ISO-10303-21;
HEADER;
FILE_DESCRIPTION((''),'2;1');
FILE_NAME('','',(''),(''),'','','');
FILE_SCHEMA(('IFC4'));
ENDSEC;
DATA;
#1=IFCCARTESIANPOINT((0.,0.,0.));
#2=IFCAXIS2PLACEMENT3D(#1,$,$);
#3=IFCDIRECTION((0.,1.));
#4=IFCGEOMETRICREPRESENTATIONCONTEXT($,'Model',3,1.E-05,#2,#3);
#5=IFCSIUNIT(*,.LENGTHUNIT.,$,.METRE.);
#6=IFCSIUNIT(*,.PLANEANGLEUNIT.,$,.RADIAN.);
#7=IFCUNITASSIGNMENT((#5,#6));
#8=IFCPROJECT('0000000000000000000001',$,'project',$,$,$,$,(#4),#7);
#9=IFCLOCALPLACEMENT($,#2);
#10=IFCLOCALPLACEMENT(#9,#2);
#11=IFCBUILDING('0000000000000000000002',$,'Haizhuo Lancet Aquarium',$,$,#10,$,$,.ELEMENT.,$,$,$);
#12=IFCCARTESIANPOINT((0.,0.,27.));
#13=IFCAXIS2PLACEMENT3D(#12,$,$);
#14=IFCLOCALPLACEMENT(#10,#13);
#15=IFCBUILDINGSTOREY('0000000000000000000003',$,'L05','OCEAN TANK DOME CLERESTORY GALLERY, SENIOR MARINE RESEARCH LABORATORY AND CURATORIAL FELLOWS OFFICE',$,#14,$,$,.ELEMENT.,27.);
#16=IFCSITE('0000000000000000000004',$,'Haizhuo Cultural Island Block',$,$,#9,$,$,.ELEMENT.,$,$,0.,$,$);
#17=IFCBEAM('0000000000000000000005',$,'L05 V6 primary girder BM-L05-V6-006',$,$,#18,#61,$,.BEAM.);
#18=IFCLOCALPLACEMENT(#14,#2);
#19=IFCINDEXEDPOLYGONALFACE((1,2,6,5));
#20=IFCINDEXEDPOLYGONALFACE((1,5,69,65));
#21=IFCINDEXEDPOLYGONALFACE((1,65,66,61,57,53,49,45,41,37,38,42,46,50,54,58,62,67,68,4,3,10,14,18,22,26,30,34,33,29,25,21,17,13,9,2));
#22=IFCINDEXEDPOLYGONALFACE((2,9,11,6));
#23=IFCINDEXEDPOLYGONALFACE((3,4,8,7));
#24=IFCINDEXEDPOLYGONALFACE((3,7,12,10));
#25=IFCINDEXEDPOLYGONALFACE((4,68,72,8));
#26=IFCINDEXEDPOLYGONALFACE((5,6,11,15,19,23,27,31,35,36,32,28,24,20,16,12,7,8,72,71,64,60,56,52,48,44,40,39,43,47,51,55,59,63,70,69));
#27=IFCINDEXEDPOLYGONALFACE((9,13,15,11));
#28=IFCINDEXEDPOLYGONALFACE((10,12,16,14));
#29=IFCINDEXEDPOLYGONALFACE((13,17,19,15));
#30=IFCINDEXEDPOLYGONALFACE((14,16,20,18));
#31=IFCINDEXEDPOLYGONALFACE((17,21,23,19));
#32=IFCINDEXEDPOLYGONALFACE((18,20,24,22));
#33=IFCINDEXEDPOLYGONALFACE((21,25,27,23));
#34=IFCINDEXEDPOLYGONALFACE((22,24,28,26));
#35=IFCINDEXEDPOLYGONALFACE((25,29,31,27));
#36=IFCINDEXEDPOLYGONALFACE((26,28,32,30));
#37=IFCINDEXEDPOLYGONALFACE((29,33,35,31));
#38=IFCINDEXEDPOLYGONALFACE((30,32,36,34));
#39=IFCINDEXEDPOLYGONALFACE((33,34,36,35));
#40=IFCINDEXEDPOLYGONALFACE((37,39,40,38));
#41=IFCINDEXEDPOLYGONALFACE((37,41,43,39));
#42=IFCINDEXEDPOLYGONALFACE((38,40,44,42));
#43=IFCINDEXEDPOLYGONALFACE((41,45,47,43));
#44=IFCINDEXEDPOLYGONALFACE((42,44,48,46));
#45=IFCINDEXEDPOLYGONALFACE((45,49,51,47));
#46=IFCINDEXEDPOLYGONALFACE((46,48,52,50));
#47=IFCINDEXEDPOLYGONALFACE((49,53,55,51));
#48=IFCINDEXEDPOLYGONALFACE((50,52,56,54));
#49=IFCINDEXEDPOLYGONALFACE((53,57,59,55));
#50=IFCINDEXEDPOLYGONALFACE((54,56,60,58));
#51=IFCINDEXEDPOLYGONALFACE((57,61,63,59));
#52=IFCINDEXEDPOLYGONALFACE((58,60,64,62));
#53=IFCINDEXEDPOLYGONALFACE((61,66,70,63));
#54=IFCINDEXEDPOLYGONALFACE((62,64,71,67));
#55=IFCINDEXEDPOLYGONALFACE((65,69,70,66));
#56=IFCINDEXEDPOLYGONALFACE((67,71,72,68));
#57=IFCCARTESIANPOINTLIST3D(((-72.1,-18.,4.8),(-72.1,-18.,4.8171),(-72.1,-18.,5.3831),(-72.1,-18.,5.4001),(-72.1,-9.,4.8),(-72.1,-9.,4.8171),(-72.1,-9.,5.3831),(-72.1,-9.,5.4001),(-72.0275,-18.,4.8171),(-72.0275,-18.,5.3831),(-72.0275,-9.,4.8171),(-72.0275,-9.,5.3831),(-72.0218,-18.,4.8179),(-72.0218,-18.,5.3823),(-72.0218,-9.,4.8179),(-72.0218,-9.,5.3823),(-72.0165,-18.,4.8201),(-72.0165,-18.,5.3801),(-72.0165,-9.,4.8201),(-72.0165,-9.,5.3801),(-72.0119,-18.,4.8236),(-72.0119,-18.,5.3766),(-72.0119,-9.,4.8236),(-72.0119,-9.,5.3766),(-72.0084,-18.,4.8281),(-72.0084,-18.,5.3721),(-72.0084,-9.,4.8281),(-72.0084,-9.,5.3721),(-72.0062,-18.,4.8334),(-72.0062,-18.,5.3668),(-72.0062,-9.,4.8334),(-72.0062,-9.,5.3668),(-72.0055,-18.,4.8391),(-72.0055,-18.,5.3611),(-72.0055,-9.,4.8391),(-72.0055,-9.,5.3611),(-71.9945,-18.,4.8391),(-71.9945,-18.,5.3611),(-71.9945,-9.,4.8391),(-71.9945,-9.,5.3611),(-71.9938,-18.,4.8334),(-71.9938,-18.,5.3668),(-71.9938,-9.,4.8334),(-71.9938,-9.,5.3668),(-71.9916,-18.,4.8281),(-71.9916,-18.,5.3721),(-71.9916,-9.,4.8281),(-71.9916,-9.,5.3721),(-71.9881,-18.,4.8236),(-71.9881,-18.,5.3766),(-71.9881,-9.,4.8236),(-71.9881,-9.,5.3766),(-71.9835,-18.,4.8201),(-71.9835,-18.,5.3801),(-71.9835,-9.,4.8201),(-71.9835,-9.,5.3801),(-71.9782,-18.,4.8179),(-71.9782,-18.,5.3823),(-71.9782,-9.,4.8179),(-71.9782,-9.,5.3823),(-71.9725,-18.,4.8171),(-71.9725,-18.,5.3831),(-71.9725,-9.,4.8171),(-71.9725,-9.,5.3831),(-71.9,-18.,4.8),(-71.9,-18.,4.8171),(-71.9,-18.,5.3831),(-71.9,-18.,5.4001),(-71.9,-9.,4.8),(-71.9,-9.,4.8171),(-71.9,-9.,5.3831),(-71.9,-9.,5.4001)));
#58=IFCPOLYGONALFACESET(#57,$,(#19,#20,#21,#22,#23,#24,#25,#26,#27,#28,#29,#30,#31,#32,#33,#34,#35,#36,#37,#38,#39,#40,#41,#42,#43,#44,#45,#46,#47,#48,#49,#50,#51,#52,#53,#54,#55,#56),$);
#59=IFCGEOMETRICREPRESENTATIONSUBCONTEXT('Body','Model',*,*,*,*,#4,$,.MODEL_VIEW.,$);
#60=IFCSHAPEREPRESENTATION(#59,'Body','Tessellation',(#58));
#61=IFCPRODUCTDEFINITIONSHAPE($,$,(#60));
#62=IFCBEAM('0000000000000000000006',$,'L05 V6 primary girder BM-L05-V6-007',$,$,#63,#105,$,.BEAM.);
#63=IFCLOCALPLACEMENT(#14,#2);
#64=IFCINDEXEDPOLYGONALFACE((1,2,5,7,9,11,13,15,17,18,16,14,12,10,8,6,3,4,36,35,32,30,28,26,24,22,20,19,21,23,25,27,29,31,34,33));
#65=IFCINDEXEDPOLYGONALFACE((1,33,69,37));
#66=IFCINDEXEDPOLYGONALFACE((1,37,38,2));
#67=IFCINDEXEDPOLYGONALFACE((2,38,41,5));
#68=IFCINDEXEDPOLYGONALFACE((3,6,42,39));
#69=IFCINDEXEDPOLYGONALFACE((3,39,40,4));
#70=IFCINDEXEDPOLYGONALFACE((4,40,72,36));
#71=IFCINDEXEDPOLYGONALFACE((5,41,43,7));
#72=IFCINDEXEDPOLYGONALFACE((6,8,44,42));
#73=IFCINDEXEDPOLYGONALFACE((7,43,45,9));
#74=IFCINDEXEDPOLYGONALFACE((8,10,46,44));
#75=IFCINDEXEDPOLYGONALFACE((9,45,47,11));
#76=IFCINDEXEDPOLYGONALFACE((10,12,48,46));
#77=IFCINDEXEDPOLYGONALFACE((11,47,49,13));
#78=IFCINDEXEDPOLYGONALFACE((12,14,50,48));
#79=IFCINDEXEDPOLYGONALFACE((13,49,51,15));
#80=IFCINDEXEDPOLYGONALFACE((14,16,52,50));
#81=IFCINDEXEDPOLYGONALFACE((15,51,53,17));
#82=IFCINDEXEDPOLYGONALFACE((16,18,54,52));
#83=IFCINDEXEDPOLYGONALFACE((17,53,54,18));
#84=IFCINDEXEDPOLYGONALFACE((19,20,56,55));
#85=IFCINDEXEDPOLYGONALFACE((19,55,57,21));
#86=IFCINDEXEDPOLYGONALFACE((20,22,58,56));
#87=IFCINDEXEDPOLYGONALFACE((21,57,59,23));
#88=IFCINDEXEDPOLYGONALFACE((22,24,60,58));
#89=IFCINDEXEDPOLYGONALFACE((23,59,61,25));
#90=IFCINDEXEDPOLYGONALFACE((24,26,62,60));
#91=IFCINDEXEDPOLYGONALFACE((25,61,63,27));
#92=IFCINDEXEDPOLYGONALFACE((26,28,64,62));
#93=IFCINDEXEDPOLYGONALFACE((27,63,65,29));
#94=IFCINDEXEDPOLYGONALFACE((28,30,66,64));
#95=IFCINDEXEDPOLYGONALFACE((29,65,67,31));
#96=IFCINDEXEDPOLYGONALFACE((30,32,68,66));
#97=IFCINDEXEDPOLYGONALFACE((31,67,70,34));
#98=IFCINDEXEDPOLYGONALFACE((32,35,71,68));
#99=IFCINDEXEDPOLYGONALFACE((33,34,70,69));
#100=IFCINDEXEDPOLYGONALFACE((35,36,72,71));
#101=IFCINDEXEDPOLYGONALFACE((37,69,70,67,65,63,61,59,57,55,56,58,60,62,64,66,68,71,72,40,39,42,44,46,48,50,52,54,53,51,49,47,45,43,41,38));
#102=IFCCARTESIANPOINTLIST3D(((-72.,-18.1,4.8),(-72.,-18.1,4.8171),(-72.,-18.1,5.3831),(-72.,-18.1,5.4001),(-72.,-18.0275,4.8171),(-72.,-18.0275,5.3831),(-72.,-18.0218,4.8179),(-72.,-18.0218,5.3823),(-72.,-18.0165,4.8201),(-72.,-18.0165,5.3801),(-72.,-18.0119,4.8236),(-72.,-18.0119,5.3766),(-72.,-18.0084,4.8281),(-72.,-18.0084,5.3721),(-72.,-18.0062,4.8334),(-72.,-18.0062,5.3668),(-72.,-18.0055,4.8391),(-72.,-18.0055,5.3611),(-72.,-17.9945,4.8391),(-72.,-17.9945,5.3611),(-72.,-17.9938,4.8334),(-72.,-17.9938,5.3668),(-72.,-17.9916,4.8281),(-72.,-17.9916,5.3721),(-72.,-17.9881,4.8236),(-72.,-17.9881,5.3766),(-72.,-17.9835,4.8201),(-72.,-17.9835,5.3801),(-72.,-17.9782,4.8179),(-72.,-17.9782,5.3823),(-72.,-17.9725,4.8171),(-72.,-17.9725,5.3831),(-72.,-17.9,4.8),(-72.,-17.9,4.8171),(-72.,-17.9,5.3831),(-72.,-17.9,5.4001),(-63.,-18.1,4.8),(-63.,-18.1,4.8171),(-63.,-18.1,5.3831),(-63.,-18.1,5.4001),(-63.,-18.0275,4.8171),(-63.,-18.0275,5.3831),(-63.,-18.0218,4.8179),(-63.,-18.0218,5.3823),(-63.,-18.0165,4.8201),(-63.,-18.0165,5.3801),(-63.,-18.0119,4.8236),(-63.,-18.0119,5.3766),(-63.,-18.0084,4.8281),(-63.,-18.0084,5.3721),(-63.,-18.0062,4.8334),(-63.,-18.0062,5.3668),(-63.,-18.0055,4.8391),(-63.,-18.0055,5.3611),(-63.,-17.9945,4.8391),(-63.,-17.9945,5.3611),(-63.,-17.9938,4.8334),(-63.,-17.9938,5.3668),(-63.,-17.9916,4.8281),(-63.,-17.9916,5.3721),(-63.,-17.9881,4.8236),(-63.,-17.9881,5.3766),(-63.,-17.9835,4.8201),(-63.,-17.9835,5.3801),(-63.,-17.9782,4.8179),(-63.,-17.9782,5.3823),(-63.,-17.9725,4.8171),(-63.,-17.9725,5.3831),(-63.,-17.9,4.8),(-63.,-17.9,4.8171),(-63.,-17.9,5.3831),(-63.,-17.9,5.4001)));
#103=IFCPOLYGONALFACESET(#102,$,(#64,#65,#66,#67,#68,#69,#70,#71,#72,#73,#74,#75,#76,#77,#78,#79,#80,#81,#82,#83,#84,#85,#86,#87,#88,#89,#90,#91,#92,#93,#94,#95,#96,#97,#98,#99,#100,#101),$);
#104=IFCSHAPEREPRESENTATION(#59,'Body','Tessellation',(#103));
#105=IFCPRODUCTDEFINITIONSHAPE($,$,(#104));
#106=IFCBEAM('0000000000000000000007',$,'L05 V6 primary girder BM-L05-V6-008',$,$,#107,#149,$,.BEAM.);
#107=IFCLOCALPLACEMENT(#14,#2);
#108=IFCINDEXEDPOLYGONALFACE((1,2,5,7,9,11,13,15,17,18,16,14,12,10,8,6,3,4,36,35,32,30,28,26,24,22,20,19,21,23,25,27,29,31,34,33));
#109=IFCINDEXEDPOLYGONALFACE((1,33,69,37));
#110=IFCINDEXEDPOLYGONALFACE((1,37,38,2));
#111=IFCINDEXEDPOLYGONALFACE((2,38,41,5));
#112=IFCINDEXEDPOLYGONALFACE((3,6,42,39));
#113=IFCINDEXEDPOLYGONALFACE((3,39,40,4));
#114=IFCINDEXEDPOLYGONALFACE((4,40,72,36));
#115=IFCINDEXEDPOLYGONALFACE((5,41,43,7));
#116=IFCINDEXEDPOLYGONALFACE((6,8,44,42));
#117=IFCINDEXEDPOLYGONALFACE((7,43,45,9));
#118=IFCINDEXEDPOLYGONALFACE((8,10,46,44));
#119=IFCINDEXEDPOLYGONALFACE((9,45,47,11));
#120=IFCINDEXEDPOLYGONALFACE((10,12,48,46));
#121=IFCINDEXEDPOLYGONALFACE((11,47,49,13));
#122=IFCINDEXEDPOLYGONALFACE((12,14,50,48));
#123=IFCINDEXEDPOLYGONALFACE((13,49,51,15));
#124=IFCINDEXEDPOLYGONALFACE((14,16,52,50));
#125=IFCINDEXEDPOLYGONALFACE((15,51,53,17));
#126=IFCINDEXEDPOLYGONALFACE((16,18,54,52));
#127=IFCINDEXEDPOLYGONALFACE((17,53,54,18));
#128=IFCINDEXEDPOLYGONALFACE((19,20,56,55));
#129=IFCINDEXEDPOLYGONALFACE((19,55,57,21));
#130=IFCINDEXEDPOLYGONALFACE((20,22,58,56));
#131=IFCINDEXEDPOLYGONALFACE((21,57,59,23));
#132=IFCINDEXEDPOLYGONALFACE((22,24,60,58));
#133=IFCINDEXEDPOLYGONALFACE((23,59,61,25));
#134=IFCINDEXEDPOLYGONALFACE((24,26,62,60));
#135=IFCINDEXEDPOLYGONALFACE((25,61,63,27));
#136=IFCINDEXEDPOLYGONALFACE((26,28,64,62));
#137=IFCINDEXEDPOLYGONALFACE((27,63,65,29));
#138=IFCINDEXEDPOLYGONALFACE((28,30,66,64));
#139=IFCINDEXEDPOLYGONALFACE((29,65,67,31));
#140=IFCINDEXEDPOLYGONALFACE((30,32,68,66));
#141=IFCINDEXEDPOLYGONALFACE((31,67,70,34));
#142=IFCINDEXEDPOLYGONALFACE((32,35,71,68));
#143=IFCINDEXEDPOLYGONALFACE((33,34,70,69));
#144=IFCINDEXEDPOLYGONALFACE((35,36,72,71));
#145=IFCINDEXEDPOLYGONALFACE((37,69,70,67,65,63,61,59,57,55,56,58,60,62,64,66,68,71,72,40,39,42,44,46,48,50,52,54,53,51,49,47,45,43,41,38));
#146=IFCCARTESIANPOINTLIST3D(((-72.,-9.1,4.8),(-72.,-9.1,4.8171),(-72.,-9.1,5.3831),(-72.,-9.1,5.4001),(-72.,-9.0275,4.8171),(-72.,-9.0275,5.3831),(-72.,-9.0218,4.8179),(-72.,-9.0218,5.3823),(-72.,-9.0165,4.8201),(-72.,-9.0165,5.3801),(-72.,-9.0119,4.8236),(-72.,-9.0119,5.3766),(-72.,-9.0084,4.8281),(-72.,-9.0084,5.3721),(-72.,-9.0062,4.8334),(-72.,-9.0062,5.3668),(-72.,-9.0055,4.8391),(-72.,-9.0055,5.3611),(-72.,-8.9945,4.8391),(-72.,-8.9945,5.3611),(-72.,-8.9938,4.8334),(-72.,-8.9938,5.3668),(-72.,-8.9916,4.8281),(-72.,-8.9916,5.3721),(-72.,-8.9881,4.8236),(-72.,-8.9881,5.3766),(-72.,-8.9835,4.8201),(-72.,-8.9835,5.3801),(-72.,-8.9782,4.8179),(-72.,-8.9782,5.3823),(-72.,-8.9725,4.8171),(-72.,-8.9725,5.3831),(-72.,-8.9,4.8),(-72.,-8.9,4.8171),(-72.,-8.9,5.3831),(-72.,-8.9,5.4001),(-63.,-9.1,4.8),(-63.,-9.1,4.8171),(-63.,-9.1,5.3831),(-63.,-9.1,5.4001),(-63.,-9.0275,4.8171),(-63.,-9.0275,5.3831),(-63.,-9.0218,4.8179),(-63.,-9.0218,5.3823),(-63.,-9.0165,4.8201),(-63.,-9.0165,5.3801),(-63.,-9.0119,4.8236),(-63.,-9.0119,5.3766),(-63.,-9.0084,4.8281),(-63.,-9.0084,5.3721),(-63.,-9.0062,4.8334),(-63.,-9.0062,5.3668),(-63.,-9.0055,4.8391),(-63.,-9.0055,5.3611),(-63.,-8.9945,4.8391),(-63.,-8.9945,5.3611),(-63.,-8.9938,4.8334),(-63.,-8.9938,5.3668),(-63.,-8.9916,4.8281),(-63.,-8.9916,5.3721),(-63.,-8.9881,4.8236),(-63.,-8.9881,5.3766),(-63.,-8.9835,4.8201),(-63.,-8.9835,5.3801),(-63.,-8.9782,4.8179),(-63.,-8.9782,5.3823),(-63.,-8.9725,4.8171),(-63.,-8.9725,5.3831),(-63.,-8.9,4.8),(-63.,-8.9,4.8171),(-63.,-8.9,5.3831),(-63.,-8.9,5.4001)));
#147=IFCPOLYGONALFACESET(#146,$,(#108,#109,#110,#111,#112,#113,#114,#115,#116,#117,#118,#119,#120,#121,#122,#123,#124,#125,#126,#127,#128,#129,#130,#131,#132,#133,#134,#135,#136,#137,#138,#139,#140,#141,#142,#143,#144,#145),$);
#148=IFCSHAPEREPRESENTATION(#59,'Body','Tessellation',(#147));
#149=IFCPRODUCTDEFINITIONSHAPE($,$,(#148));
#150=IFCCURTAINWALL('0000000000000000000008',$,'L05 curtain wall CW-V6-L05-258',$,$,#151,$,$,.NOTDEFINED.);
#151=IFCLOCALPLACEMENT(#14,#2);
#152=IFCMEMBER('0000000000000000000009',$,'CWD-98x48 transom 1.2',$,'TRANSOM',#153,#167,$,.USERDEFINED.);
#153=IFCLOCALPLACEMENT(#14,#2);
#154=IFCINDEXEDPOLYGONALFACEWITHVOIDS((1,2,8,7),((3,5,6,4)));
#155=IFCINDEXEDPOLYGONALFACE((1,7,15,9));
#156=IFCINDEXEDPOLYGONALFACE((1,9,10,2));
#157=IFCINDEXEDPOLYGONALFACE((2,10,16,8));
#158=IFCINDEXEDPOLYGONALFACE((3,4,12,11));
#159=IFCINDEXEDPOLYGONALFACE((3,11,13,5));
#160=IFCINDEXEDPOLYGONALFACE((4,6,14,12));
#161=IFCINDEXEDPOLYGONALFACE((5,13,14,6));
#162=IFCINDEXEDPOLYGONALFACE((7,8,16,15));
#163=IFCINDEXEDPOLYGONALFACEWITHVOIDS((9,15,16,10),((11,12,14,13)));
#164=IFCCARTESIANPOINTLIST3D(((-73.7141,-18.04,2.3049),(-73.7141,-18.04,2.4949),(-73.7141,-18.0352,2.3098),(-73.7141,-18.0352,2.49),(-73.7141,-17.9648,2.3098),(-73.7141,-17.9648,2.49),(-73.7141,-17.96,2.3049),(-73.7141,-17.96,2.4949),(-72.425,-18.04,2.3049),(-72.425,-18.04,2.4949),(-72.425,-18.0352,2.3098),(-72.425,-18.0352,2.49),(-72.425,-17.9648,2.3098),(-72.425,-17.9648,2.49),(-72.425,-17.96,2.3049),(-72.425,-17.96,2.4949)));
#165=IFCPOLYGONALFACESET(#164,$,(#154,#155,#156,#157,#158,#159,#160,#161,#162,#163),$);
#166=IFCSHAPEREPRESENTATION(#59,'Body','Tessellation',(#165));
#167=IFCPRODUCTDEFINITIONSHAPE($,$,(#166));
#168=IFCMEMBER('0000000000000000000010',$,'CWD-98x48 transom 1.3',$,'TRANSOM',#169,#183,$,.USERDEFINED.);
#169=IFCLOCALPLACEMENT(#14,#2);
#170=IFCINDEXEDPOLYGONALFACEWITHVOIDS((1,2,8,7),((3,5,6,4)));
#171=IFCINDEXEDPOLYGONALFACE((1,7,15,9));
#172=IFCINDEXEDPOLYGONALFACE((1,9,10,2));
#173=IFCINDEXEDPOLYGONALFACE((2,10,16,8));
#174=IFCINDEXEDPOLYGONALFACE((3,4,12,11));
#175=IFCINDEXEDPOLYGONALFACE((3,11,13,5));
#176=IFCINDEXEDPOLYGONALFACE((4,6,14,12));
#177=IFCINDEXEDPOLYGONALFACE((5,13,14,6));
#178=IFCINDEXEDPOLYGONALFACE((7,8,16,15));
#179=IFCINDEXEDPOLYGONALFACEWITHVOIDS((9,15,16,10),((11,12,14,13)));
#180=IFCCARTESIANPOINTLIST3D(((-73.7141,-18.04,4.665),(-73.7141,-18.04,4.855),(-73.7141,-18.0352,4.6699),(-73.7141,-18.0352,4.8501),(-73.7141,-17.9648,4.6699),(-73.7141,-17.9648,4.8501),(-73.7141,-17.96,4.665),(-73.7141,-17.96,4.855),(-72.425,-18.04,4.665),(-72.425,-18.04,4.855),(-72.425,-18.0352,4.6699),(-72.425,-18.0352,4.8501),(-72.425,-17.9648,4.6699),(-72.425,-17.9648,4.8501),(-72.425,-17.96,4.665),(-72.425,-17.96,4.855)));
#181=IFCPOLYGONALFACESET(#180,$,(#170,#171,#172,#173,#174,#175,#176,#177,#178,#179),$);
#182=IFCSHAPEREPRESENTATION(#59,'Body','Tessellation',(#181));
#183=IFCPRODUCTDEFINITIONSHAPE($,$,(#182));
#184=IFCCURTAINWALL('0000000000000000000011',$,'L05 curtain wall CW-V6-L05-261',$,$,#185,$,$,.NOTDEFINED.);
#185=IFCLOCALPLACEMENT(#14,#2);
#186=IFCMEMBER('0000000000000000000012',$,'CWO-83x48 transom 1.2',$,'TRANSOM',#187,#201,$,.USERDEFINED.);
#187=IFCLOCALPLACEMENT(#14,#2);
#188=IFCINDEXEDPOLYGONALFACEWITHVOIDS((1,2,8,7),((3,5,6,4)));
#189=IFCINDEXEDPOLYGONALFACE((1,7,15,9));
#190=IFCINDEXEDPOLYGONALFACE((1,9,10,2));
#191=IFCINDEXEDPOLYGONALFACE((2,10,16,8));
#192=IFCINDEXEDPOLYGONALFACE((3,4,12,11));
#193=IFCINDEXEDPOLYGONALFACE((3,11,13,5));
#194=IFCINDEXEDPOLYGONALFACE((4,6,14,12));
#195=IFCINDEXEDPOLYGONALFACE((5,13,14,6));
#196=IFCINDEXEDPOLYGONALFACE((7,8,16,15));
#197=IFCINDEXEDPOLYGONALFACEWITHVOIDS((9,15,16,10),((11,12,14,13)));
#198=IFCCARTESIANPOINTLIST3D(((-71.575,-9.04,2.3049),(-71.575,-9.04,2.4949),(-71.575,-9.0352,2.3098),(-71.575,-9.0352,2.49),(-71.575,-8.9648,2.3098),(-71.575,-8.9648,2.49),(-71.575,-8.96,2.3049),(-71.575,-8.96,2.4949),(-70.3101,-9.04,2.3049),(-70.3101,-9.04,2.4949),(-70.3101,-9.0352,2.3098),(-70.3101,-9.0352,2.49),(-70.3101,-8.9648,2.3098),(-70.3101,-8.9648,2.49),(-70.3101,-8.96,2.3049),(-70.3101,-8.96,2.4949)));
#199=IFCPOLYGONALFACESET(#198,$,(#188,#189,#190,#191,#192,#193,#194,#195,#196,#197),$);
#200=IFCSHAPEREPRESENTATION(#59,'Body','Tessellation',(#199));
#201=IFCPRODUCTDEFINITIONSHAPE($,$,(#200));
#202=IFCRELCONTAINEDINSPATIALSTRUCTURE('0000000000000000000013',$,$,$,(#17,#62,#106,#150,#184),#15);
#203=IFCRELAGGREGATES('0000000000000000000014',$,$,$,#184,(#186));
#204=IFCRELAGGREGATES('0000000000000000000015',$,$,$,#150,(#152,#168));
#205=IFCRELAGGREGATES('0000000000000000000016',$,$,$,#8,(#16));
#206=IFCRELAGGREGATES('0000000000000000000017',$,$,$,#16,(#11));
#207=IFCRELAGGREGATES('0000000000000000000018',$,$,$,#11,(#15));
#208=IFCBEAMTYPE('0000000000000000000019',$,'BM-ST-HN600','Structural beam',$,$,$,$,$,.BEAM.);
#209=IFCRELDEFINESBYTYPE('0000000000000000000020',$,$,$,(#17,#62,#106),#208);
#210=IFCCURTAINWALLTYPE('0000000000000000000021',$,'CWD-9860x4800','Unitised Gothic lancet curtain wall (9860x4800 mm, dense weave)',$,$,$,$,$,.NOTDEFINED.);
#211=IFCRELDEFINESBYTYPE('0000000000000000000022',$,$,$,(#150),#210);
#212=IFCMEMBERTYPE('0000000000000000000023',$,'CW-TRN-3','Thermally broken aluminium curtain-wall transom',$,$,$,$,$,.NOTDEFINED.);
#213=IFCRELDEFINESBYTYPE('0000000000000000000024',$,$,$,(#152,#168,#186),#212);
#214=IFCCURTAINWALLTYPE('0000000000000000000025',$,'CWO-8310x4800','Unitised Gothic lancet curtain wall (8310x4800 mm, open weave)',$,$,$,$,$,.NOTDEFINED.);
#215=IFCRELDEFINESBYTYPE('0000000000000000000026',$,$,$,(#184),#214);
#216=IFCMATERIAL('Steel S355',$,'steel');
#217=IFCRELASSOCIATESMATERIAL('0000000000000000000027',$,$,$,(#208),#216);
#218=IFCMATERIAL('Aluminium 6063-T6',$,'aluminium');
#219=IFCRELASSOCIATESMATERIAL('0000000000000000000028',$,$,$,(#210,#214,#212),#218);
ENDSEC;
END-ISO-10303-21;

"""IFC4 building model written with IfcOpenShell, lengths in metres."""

from ifc_helpers import new_model, si_unit, direction, frame, origin, origin_2d, place, context, subcontext, project, spatial, hollow_rectangle, i_section, extrude, material, material_profile, profile_set, type_object, element, aggregate, save


model = new_model("IFC4")

# Units and contexts
model_context = context("Model", 3, precision=1e-05, world=origin(), true_north=direction((0.0, 1.0)))
body_context = subcontext(model_context, "Body", "Model", "MODEL_VIEW")
ifc_project = project(units=[si_unit("LENGTHUNIT", "METRE"), si_unit("PLANEANGLEUNIT", "RADIAN")], contexts=[model_context])

# Site, building, storey
site_placement = place(None, origin())
site = spatial("IfcSite", under=ifc_project, at=site_placement, Name="Haizhuo Cultural Island Block", CompositionType="ELEMENT", RefElevation=0.0)
building_placement = place(site_placement, origin())
building = spatial("IfcBuilding", under=site, at=building_placement, Name="Haizhuo Lancet Aquarium", CompositionType="ELEMENT")
storey_placement = place(building_placement, frame((0.0, 0.0, 27.0)))
storey = spatial("IfcBuildingStorey", under=building, at=storey_placement, Name="L05", Description="OCEAN TANK DOME CLERESTORY GALLERY, SENIOR MARINE RESEARCH LABORATORY AND CURATORIAL FELLOWS OFFICE", CompositionType="ELEMENT", Elevation=27.0)

# Beams
ifc_material_1 = material(Name="Steel S355", Category="steel")
ifc_material_profile_1 = material_profile(ifc_material_1, i_section(OverallWidth=0.2, OverallDepth=0.6001, WebThickness=0.011, FlangeThickness=0.0171, FilletRadius=0.022, at=origin_2d()), Name="HN 600x200x11x17")
ifc_profile_set_1 = profile_set([ifc_material_profile_1], Name="Steel S355")
beam_type = type_object("IfcBeamType", Name="BM-ST-HN600", Description="Structural beam", PredefinedType="BEAM", material=ifc_profile_set_1)
for number, where, z_axis, x_axis, name in (
    (1, (-72.0, -18.0, 5.1001), (0.0, 1.0, 0.0), (-1.0, 0.0, 0.0), "L05 V6 primary girder BM-L05-V6-006"),
    (2, (-72.0, -18.0, 5.1001), (1.0, 0.0, 0.0), (0.0, 1.0, 0.0), "L05 V6 primary girder BM-L05-V6-007"),
    (3, (-72.0, -9.0, 5.1001), (1.0, 0.0, 0.0), (0.0, 1.0, 0.0), "L05 V6 primary girder BM-L05-V6-008"),
):
    element("IfcBeam", number, at=place(storey_placement, frame(where, z_axis=z_axis, x_axis=x_axis)), inside=storey, type_object=beam_type, Name=name, PredefinedType="BEAM", context=body_context, shape_type="SweptSolid", body=[
        extrude(i_section(OverallWidth=0.2, OverallDepth=0.6001, WebThickness=0.011, FlangeThickness=0.0171, FilletRadius=0.022, at=origin_2d()), origin(), (0.0, 0.0, 1.0), 9.0),
    ])

# Curtain walls, members
ifc_material_2 = material(Name="Aluminium 6063-T6", Category="aluminium")
curtain_wall_type_1 = type_object("IfcCurtainWallType", Name="CWD-9860x4800", Description="Unitised Gothic lancet curtain wall (9860x4800 mm, dense weave)", PredefinedType="NOTDEFINED", material=ifc_material_2)
curtain_wall_1_placement = place(storey_placement, origin())
curtain_wall_1 = element("IfcCurtainWall", 4, at=curtain_wall_1_placement, inside=storey, type_object=curtain_wall_type_1, Name="L05 curtain wall CW-V6-L05-258", PredefinedType="NOTDEFINED")
ifc_material_profile_2 = material_profile(ifc_material_2, hollow_rectangle(XDim=0.0801, YDim=0.1899, WallThickness=0.0049, at=origin_2d()), Name="ALU-T 80x190x5")
ifc_profile_set_2 = profile_set([ifc_material_profile_2], Name="Aluminium 6063-T6")
member_type_1 = type_object("IfcMemberType", Name="CW-TRN-3", Description="Thermally broken aluminium curtain-wall transom", PredefinedType="NOTDEFINED", material=ifc_profile_set_2)
member_1_placement = place(storey_placement, frame((-72.425, -18.0, 2.3999), z_axis=(-1.0, 0.0, 0.0), x_axis=(0.0, -1.0, 0.0)))
member_1 = element("IfcMember", 5, at=member_1_placement, type_object=member_type_1, Name="CWD-98x48 transom 1.2", ObjectType="TRANSOM", PredefinedType="USERDEFINED", context=body_context, shape_type="SweptSolid", body=[
    extrude(hollow_rectangle(XDim=0.0801, YDim=0.1899, WallThickness=0.0049, at=origin_2d()), origin(), (0.0, 0.0, 1.0), 1.2891),
])
member_2_placement = place(storey_placement, frame((-72.425, -18.0, 4.76), z_axis=(-1.0, 0.0, 0.0), x_axis=(0.0, -1.0, 0.0)))
member_2 = element("IfcMember", 6, at=member_2_placement, type_object=member_type_1, Name="CWD-98x48 transom 1.3", ObjectType="TRANSOM", PredefinedType="USERDEFINED", context=body_context, shape_type="SweptSolid", body=[
    extrude(hollow_rectangle(XDim=0.0801, YDim=0.1899, WallThickness=0.0049, at=origin_2d()), origin(), (0.0, 0.0, 1.0), 1.2891),
])
curtain_wall_type_2 = type_object("IfcCurtainWallType", Name="CWO-8310x4800", Description="Unitised Gothic lancet curtain wall (8310x4800 mm, open weave)", PredefinedType="NOTDEFINED", material=ifc_material_2)
curtain_wall_2_placement = place(storey_placement, origin())
curtain_wall_2 = element("IfcCurtainWall", 7, at=curtain_wall_2_placement, inside=storey, type_object=curtain_wall_type_2, Name="L05 curtain wall CW-V6-L05-261", PredefinedType="NOTDEFINED")
member_3_placement = place(storey_placement, frame((-71.575, -9.0, 2.3999), z_axis=(1.0, 0.0, 0.0), x_axis=(0.0, 1.0, 0.0)))
member_3 = element("IfcMember", 8, at=member_3_placement, type_object=member_type_1, Name="CWO-83x48 transom 1.2", ObjectType="TRANSOM", PredefinedType="USERDEFINED", context=body_context, shape_type="SweptSolid", body=[
    extrude(hollow_rectangle(XDim=0.0801, YDim=0.1899, WallThickness=0.0049, at=origin_2d()), origin(), (0.0, 0.0, 1.0), 1.2649),
])

aggregate(curtain_wall_2, [member_3])
aggregate(curtain_wall_1, [member_1, member_2])

save(model, "model.ifc")
